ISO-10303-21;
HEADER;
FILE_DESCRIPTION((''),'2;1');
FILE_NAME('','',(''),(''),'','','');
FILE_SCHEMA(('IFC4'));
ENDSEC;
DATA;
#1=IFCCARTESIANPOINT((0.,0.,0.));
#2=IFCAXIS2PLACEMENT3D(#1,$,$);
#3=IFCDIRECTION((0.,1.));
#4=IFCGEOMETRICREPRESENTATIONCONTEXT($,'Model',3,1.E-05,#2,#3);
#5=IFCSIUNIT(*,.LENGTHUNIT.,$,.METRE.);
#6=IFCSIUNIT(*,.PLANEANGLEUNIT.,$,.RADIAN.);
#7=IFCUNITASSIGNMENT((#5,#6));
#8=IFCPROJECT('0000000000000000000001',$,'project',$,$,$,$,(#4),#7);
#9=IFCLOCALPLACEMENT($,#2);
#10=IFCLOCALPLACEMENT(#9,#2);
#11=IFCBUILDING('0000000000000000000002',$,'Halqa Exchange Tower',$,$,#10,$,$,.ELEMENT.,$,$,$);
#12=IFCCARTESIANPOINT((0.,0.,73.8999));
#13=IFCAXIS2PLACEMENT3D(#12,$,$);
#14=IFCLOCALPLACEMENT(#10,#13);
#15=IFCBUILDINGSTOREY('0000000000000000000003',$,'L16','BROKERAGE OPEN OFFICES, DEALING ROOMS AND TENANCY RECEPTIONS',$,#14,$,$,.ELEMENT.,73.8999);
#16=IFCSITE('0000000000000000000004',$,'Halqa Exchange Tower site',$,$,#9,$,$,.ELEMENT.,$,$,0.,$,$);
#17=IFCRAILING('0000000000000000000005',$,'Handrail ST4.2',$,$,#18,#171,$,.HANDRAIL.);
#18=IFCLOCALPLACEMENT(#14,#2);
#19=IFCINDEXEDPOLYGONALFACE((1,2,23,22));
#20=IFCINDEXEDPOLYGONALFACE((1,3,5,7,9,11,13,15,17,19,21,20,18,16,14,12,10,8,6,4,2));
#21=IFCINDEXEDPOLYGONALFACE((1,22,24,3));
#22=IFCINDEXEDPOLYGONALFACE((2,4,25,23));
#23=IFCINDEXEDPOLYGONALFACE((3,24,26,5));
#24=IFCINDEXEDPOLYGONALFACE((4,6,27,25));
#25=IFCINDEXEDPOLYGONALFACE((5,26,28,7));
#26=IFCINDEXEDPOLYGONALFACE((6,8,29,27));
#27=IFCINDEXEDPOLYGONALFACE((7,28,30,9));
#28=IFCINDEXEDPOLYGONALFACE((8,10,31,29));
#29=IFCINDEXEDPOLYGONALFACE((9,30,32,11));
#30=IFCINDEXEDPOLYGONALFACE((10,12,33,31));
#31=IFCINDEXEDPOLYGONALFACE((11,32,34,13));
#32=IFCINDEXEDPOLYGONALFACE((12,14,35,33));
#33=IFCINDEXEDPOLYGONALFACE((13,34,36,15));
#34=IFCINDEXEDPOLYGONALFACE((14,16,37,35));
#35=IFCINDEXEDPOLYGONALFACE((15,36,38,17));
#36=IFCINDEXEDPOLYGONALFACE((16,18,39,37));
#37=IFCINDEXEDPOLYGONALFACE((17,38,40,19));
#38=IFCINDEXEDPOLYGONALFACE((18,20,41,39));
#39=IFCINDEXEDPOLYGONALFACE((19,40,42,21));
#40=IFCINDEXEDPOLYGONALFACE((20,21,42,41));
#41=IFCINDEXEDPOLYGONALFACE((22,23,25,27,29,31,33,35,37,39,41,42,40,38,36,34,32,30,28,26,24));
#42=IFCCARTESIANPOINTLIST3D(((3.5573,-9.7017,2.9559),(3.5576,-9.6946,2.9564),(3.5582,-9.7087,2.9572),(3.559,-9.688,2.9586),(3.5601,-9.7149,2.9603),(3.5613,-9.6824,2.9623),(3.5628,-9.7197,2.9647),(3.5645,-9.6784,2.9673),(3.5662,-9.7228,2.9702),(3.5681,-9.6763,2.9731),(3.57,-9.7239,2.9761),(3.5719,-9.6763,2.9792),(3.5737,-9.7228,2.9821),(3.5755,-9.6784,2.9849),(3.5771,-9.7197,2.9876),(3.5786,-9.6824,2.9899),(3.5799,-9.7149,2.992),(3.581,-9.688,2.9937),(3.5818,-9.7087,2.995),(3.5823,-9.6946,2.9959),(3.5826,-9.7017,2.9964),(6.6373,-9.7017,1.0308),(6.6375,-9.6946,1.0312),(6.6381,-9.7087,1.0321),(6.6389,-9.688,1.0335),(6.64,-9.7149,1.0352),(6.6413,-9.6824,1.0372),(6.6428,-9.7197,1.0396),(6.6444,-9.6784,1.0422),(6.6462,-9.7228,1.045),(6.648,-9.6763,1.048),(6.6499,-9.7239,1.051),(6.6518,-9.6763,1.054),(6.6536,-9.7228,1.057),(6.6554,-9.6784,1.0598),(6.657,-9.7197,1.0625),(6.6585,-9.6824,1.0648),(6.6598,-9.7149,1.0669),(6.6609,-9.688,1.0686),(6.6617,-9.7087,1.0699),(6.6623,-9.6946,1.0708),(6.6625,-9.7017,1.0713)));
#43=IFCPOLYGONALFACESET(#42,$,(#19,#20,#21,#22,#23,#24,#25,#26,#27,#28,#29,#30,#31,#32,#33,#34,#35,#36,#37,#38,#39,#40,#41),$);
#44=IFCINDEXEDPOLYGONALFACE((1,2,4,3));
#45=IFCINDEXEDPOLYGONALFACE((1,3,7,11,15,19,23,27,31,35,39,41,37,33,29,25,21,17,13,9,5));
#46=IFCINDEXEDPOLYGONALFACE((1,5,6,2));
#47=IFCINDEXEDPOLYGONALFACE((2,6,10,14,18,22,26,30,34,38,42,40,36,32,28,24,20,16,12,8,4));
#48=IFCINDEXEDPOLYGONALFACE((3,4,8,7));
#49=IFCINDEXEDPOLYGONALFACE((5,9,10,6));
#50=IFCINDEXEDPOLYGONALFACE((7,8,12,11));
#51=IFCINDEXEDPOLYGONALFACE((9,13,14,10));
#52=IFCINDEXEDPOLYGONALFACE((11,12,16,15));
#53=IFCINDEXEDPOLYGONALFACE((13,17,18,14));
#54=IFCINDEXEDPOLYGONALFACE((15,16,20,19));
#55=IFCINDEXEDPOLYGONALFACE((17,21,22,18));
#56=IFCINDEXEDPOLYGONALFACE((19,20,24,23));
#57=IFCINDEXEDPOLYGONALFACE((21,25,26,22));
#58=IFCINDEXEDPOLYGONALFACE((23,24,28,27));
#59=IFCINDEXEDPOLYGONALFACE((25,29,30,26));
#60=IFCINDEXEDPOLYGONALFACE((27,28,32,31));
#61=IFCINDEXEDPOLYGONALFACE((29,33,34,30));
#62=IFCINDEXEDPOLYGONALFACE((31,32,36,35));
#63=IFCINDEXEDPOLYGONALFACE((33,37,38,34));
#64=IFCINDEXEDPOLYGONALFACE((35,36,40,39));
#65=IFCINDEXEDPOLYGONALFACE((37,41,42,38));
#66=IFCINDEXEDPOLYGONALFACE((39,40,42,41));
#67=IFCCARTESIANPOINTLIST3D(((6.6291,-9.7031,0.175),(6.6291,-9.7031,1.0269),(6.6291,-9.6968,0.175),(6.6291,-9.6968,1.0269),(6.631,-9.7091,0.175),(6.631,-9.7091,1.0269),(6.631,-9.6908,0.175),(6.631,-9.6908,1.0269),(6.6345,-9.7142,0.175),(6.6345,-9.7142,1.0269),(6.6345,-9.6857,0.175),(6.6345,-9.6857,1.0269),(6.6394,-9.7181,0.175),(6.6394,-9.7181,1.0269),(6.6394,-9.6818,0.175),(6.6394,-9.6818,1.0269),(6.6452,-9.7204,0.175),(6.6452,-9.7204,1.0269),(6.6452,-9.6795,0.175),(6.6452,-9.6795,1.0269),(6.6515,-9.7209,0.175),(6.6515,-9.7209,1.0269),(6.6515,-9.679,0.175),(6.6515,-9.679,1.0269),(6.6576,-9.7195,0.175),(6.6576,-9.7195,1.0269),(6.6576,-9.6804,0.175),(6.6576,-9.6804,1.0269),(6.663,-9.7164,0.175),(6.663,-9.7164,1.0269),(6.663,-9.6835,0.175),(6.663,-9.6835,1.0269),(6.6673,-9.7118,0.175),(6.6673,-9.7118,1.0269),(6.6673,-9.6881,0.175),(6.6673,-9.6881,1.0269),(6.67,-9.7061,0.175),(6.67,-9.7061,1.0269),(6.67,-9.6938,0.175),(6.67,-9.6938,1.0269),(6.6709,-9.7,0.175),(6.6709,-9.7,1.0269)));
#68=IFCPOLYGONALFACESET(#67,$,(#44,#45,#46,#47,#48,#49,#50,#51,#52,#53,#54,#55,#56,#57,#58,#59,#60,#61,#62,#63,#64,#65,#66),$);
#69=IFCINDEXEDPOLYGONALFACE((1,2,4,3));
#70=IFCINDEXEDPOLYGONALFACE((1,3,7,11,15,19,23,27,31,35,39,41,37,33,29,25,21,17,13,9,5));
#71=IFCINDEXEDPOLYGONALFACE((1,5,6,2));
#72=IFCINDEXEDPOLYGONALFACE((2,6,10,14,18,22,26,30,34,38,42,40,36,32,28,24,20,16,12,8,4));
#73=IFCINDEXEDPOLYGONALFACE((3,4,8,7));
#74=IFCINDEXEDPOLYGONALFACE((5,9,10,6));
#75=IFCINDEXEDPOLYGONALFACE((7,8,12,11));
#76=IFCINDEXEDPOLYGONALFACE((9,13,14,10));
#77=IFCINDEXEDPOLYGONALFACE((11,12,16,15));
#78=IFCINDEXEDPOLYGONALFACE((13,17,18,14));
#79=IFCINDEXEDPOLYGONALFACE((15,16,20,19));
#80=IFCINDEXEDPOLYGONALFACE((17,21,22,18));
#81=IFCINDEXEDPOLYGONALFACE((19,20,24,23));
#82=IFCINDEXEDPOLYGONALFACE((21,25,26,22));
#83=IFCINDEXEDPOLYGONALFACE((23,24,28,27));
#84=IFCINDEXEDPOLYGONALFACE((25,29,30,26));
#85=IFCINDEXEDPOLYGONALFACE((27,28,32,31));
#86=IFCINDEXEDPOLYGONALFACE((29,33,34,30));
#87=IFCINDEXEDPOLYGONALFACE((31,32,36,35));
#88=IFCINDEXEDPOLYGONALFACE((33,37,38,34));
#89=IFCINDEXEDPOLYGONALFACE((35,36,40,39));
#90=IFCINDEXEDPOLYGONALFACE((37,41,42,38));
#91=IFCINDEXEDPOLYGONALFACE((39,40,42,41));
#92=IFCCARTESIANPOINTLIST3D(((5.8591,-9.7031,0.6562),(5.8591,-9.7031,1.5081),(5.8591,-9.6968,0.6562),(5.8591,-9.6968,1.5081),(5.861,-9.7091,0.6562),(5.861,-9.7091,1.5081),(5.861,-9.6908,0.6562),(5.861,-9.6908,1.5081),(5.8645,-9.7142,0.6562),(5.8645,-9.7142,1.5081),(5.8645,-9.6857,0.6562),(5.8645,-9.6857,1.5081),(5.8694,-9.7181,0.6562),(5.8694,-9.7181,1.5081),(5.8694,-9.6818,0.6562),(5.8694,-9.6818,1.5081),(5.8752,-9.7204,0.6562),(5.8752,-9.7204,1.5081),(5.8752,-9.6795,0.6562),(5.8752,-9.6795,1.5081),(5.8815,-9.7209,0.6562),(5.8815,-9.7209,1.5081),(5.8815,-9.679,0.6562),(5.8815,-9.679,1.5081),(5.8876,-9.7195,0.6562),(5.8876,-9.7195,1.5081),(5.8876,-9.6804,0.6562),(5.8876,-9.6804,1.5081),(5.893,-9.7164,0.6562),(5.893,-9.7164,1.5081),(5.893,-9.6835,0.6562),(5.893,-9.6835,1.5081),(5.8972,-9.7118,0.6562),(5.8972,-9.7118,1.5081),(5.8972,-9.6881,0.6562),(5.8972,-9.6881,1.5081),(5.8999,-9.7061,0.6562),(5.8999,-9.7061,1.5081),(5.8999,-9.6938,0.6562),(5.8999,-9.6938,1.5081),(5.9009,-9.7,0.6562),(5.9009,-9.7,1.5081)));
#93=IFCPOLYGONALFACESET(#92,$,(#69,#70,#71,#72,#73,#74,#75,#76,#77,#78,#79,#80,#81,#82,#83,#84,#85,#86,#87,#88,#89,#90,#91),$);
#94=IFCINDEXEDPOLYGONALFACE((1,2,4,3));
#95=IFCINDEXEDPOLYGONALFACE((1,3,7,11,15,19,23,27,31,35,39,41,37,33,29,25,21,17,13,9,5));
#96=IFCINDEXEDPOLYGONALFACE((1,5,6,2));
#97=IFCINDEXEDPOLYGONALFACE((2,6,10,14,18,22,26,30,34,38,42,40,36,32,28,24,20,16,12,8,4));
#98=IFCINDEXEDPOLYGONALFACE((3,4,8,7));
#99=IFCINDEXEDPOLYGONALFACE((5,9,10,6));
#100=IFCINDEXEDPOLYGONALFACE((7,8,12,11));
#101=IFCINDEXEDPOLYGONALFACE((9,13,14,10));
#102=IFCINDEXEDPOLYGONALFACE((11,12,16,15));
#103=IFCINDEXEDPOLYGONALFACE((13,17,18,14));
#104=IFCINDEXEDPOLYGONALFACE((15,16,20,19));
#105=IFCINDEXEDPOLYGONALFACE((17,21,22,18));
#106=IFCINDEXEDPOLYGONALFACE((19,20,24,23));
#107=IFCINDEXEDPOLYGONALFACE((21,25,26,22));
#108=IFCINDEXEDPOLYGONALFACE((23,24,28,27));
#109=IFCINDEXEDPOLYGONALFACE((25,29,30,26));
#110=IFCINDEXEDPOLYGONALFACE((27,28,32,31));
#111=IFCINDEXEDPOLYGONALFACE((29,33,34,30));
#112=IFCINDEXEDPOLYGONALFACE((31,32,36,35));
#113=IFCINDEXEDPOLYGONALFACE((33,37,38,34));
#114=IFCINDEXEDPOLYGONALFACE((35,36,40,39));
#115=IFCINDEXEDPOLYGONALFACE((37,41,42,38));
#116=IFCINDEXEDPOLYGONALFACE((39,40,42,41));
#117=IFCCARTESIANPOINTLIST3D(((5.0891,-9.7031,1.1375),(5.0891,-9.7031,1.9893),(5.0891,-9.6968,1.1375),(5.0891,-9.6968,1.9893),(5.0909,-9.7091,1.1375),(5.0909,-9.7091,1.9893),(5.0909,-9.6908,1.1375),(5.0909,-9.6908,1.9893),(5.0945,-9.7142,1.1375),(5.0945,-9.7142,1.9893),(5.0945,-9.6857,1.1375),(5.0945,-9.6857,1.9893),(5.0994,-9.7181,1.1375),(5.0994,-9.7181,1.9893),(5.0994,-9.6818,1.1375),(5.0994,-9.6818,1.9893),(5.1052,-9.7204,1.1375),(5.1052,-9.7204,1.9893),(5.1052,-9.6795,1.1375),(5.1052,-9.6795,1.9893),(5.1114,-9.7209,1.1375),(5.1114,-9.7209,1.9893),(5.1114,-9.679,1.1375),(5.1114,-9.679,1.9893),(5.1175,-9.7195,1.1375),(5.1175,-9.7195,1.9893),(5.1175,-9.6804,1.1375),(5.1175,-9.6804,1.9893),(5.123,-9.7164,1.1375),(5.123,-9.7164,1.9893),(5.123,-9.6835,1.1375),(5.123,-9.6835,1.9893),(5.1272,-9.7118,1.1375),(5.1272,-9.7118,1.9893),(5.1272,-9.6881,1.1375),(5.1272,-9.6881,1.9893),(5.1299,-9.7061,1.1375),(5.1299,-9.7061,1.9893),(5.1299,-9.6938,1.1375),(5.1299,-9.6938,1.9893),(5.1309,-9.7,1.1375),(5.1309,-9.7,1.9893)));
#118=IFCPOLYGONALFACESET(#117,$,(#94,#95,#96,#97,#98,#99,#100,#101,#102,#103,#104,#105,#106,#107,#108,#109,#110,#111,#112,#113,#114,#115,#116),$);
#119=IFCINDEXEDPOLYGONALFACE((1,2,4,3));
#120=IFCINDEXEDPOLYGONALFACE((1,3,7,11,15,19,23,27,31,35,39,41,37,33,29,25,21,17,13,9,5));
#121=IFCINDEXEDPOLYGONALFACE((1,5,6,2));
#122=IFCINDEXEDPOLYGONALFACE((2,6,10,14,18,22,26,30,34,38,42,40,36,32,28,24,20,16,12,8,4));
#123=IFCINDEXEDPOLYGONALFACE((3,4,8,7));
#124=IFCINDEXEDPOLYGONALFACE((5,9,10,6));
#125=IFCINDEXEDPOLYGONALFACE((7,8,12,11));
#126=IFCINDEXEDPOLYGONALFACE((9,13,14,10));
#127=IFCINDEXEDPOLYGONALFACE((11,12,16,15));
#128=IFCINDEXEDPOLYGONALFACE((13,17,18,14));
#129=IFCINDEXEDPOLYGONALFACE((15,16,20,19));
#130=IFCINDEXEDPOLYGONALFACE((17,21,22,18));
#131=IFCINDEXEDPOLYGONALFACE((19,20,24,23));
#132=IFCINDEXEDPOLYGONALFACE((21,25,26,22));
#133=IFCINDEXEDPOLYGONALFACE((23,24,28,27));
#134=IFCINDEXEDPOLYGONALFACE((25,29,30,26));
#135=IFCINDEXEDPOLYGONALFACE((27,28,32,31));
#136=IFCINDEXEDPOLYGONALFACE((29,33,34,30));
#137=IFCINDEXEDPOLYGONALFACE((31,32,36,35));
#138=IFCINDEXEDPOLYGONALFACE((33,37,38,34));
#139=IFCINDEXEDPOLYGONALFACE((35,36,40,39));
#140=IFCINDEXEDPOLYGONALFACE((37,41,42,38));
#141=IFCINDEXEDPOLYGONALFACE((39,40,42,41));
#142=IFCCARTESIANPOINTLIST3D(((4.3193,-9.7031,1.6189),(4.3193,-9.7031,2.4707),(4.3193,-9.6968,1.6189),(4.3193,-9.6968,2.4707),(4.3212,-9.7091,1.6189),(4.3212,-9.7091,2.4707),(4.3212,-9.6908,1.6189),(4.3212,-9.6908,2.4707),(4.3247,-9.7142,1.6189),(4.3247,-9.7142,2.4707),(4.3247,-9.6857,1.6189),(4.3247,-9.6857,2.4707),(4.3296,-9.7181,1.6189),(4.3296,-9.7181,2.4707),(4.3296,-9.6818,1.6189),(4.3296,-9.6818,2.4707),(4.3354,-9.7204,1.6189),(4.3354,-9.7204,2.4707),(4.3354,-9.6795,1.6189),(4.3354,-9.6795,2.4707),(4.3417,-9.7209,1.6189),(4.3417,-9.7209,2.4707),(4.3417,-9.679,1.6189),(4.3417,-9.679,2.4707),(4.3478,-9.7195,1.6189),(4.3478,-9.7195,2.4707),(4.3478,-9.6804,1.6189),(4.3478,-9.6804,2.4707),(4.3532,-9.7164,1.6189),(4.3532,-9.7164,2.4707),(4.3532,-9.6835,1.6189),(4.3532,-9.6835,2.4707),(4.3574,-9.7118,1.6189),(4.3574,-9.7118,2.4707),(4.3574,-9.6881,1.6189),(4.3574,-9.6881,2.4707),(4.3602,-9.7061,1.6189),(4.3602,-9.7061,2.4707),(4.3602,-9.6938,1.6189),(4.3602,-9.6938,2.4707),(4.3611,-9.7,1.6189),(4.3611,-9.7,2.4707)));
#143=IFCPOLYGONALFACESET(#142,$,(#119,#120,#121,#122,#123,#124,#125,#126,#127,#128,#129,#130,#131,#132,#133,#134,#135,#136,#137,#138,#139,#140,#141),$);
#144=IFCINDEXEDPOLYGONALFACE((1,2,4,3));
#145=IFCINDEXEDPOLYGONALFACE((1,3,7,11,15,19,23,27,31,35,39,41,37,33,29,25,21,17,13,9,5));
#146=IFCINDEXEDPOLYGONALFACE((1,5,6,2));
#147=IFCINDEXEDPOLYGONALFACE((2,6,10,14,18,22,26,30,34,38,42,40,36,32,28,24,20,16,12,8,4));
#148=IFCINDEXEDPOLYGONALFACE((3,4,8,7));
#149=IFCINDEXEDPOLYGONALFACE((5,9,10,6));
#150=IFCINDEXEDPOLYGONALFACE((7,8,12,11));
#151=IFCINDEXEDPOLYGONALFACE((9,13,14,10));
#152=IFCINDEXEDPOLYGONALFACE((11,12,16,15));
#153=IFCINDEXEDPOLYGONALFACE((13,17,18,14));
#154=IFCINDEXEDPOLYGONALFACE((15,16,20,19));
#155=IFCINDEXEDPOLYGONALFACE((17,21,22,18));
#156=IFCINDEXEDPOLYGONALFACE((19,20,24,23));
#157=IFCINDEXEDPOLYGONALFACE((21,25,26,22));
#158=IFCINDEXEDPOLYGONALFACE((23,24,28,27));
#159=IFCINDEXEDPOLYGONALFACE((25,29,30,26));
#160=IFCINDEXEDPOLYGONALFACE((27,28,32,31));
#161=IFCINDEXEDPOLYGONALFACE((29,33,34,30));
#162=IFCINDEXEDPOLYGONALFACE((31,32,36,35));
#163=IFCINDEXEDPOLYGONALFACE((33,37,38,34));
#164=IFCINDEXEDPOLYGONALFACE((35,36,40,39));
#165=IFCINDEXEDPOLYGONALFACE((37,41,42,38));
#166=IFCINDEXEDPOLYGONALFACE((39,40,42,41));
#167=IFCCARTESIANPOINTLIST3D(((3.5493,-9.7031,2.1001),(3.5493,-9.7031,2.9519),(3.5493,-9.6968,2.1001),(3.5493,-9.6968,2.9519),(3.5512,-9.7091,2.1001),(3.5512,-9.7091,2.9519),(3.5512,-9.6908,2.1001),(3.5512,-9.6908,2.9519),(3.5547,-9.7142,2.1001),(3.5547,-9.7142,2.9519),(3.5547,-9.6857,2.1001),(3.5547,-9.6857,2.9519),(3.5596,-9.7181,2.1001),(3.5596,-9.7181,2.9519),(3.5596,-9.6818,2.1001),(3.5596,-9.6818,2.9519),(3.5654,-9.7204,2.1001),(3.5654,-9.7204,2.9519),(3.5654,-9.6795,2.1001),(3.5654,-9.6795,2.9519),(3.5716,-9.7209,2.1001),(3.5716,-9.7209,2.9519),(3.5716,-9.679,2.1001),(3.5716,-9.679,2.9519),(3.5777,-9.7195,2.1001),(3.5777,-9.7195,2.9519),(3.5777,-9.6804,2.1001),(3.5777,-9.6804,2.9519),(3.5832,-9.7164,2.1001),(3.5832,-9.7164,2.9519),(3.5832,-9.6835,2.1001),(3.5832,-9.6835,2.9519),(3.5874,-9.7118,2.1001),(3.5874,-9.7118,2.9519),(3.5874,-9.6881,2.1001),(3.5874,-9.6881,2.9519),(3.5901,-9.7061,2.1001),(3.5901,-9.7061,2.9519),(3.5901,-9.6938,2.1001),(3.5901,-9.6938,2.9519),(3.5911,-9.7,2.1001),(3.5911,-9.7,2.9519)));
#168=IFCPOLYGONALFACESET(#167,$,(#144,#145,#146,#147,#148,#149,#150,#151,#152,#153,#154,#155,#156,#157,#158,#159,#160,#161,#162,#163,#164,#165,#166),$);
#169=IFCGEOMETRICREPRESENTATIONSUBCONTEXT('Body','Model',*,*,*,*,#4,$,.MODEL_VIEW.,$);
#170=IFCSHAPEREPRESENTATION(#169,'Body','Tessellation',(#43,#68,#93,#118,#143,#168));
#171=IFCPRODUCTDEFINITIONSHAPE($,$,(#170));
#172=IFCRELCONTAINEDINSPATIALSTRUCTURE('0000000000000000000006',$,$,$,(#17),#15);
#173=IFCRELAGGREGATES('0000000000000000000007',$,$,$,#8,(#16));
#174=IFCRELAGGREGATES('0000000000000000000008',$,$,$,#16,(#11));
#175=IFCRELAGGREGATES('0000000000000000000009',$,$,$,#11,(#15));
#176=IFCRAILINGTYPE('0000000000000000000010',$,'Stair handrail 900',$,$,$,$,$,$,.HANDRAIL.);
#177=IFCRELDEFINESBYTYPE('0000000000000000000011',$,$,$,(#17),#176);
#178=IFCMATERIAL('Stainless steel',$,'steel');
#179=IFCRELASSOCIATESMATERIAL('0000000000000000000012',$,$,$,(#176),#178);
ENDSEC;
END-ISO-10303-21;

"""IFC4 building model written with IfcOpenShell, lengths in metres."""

from ifc_helpers import new_model, si_unit, direction, frame, origin, origin_2d, place, context, subcontext, project, spatial, circle, extrude, material, type_object, element, save


model = new_model("IFC4")

# Units and contexts
model_context = context("Model", 3, precision=1e-05, world=origin(), true_north=direction((0.0, 1.0)))
body_context = subcontext(model_context, "Body", "Model", "MODEL_VIEW")
ifc_project = project(units=[si_unit("LENGTHUNIT", "METRE"), si_unit("PLANEANGLEUNIT", "RADIAN")], contexts=[model_context])

# Site, building, storey
site_placement = place(None, origin())
site = spatial("IfcSite", under=ifc_project, at=site_placement, Name="Halqa Exchange Tower site", CompositionType="ELEMENT", RefElevation=0.0)
building_placement = place(site_placement, origin())
building = spatial("IfcBuilding", under=site, at=building_placement, Name="Halqa Exchange Tower", CompositionType="ELEMENT")
storey_placement = place(building_placement, frame((0.0, 0.0, 73.8999)))
storey = spatial("IfcBuildingStorey", under=building, at=storey_placement, Name="L16", Description="BROKERAGE OPEN OFFICES, DEALING ROOMS AND TENANCY RECEPTIONS", CompositionType="ELEMENT", Elevation=73.8999)

# Railing
ifc_material_1 = material(Name="Stainless steel", Category="steel")
railing_type_1 = type_object("IfcRailingType", Name="Stair handrail 900", PredefinedType="HANDRAIL", material=ifc_material_1)
railing_1_placement = place(storey_placement, frame((6.6499, -9.7, 0.175)))
element("IfcRailing", 1, at=railing_1_placement, inside=storey, type_object=railing_type_1, Name="Handrail ST4.2", PredefinedType="HANDRAIL", context=body_context, shape_type="SweptSolid", body=[
    extrude(circle(Radius=0.0239, at=origin_2d()), frame((0.0, 0.0, 0.876), z_axis=(-0.847979, 0.0, 0.530029), x_axis=(0.0, -1.0, 0.0)), (0.0, 0.0, 1.0), 3.6321),
    extrude(circle(Radius=0.021, at=origin_2d()), origin(), (0.0, 0.0, 1.0), 0.8518),
    extrude(circle(Radius=0.021, at=origin_2d()), frame((-0.77, 0.0, 0.4812)), (0.0, 0.0, 1.0), 0.8518),
    extrude(circle(Radius=0.021, at=origin_2d()), frame((-1.54, 0.0, 0.9624)), (0.0, 0.0, 1.0), 0.8518),
    extrude(circle(Radius=0.021, at=origin_2d()), frame((-2.3098, 0.0, 1.4438)), (0.0, 0.0, 1.0), 0.8518),
    extrude(circle(Radius=0.021, at=origin_2d()), frame((-3.0798, 0.0, 1.925)), (0.0, 0.0, 1.0), 0.8518),
])

save(model, "model.ifc")
